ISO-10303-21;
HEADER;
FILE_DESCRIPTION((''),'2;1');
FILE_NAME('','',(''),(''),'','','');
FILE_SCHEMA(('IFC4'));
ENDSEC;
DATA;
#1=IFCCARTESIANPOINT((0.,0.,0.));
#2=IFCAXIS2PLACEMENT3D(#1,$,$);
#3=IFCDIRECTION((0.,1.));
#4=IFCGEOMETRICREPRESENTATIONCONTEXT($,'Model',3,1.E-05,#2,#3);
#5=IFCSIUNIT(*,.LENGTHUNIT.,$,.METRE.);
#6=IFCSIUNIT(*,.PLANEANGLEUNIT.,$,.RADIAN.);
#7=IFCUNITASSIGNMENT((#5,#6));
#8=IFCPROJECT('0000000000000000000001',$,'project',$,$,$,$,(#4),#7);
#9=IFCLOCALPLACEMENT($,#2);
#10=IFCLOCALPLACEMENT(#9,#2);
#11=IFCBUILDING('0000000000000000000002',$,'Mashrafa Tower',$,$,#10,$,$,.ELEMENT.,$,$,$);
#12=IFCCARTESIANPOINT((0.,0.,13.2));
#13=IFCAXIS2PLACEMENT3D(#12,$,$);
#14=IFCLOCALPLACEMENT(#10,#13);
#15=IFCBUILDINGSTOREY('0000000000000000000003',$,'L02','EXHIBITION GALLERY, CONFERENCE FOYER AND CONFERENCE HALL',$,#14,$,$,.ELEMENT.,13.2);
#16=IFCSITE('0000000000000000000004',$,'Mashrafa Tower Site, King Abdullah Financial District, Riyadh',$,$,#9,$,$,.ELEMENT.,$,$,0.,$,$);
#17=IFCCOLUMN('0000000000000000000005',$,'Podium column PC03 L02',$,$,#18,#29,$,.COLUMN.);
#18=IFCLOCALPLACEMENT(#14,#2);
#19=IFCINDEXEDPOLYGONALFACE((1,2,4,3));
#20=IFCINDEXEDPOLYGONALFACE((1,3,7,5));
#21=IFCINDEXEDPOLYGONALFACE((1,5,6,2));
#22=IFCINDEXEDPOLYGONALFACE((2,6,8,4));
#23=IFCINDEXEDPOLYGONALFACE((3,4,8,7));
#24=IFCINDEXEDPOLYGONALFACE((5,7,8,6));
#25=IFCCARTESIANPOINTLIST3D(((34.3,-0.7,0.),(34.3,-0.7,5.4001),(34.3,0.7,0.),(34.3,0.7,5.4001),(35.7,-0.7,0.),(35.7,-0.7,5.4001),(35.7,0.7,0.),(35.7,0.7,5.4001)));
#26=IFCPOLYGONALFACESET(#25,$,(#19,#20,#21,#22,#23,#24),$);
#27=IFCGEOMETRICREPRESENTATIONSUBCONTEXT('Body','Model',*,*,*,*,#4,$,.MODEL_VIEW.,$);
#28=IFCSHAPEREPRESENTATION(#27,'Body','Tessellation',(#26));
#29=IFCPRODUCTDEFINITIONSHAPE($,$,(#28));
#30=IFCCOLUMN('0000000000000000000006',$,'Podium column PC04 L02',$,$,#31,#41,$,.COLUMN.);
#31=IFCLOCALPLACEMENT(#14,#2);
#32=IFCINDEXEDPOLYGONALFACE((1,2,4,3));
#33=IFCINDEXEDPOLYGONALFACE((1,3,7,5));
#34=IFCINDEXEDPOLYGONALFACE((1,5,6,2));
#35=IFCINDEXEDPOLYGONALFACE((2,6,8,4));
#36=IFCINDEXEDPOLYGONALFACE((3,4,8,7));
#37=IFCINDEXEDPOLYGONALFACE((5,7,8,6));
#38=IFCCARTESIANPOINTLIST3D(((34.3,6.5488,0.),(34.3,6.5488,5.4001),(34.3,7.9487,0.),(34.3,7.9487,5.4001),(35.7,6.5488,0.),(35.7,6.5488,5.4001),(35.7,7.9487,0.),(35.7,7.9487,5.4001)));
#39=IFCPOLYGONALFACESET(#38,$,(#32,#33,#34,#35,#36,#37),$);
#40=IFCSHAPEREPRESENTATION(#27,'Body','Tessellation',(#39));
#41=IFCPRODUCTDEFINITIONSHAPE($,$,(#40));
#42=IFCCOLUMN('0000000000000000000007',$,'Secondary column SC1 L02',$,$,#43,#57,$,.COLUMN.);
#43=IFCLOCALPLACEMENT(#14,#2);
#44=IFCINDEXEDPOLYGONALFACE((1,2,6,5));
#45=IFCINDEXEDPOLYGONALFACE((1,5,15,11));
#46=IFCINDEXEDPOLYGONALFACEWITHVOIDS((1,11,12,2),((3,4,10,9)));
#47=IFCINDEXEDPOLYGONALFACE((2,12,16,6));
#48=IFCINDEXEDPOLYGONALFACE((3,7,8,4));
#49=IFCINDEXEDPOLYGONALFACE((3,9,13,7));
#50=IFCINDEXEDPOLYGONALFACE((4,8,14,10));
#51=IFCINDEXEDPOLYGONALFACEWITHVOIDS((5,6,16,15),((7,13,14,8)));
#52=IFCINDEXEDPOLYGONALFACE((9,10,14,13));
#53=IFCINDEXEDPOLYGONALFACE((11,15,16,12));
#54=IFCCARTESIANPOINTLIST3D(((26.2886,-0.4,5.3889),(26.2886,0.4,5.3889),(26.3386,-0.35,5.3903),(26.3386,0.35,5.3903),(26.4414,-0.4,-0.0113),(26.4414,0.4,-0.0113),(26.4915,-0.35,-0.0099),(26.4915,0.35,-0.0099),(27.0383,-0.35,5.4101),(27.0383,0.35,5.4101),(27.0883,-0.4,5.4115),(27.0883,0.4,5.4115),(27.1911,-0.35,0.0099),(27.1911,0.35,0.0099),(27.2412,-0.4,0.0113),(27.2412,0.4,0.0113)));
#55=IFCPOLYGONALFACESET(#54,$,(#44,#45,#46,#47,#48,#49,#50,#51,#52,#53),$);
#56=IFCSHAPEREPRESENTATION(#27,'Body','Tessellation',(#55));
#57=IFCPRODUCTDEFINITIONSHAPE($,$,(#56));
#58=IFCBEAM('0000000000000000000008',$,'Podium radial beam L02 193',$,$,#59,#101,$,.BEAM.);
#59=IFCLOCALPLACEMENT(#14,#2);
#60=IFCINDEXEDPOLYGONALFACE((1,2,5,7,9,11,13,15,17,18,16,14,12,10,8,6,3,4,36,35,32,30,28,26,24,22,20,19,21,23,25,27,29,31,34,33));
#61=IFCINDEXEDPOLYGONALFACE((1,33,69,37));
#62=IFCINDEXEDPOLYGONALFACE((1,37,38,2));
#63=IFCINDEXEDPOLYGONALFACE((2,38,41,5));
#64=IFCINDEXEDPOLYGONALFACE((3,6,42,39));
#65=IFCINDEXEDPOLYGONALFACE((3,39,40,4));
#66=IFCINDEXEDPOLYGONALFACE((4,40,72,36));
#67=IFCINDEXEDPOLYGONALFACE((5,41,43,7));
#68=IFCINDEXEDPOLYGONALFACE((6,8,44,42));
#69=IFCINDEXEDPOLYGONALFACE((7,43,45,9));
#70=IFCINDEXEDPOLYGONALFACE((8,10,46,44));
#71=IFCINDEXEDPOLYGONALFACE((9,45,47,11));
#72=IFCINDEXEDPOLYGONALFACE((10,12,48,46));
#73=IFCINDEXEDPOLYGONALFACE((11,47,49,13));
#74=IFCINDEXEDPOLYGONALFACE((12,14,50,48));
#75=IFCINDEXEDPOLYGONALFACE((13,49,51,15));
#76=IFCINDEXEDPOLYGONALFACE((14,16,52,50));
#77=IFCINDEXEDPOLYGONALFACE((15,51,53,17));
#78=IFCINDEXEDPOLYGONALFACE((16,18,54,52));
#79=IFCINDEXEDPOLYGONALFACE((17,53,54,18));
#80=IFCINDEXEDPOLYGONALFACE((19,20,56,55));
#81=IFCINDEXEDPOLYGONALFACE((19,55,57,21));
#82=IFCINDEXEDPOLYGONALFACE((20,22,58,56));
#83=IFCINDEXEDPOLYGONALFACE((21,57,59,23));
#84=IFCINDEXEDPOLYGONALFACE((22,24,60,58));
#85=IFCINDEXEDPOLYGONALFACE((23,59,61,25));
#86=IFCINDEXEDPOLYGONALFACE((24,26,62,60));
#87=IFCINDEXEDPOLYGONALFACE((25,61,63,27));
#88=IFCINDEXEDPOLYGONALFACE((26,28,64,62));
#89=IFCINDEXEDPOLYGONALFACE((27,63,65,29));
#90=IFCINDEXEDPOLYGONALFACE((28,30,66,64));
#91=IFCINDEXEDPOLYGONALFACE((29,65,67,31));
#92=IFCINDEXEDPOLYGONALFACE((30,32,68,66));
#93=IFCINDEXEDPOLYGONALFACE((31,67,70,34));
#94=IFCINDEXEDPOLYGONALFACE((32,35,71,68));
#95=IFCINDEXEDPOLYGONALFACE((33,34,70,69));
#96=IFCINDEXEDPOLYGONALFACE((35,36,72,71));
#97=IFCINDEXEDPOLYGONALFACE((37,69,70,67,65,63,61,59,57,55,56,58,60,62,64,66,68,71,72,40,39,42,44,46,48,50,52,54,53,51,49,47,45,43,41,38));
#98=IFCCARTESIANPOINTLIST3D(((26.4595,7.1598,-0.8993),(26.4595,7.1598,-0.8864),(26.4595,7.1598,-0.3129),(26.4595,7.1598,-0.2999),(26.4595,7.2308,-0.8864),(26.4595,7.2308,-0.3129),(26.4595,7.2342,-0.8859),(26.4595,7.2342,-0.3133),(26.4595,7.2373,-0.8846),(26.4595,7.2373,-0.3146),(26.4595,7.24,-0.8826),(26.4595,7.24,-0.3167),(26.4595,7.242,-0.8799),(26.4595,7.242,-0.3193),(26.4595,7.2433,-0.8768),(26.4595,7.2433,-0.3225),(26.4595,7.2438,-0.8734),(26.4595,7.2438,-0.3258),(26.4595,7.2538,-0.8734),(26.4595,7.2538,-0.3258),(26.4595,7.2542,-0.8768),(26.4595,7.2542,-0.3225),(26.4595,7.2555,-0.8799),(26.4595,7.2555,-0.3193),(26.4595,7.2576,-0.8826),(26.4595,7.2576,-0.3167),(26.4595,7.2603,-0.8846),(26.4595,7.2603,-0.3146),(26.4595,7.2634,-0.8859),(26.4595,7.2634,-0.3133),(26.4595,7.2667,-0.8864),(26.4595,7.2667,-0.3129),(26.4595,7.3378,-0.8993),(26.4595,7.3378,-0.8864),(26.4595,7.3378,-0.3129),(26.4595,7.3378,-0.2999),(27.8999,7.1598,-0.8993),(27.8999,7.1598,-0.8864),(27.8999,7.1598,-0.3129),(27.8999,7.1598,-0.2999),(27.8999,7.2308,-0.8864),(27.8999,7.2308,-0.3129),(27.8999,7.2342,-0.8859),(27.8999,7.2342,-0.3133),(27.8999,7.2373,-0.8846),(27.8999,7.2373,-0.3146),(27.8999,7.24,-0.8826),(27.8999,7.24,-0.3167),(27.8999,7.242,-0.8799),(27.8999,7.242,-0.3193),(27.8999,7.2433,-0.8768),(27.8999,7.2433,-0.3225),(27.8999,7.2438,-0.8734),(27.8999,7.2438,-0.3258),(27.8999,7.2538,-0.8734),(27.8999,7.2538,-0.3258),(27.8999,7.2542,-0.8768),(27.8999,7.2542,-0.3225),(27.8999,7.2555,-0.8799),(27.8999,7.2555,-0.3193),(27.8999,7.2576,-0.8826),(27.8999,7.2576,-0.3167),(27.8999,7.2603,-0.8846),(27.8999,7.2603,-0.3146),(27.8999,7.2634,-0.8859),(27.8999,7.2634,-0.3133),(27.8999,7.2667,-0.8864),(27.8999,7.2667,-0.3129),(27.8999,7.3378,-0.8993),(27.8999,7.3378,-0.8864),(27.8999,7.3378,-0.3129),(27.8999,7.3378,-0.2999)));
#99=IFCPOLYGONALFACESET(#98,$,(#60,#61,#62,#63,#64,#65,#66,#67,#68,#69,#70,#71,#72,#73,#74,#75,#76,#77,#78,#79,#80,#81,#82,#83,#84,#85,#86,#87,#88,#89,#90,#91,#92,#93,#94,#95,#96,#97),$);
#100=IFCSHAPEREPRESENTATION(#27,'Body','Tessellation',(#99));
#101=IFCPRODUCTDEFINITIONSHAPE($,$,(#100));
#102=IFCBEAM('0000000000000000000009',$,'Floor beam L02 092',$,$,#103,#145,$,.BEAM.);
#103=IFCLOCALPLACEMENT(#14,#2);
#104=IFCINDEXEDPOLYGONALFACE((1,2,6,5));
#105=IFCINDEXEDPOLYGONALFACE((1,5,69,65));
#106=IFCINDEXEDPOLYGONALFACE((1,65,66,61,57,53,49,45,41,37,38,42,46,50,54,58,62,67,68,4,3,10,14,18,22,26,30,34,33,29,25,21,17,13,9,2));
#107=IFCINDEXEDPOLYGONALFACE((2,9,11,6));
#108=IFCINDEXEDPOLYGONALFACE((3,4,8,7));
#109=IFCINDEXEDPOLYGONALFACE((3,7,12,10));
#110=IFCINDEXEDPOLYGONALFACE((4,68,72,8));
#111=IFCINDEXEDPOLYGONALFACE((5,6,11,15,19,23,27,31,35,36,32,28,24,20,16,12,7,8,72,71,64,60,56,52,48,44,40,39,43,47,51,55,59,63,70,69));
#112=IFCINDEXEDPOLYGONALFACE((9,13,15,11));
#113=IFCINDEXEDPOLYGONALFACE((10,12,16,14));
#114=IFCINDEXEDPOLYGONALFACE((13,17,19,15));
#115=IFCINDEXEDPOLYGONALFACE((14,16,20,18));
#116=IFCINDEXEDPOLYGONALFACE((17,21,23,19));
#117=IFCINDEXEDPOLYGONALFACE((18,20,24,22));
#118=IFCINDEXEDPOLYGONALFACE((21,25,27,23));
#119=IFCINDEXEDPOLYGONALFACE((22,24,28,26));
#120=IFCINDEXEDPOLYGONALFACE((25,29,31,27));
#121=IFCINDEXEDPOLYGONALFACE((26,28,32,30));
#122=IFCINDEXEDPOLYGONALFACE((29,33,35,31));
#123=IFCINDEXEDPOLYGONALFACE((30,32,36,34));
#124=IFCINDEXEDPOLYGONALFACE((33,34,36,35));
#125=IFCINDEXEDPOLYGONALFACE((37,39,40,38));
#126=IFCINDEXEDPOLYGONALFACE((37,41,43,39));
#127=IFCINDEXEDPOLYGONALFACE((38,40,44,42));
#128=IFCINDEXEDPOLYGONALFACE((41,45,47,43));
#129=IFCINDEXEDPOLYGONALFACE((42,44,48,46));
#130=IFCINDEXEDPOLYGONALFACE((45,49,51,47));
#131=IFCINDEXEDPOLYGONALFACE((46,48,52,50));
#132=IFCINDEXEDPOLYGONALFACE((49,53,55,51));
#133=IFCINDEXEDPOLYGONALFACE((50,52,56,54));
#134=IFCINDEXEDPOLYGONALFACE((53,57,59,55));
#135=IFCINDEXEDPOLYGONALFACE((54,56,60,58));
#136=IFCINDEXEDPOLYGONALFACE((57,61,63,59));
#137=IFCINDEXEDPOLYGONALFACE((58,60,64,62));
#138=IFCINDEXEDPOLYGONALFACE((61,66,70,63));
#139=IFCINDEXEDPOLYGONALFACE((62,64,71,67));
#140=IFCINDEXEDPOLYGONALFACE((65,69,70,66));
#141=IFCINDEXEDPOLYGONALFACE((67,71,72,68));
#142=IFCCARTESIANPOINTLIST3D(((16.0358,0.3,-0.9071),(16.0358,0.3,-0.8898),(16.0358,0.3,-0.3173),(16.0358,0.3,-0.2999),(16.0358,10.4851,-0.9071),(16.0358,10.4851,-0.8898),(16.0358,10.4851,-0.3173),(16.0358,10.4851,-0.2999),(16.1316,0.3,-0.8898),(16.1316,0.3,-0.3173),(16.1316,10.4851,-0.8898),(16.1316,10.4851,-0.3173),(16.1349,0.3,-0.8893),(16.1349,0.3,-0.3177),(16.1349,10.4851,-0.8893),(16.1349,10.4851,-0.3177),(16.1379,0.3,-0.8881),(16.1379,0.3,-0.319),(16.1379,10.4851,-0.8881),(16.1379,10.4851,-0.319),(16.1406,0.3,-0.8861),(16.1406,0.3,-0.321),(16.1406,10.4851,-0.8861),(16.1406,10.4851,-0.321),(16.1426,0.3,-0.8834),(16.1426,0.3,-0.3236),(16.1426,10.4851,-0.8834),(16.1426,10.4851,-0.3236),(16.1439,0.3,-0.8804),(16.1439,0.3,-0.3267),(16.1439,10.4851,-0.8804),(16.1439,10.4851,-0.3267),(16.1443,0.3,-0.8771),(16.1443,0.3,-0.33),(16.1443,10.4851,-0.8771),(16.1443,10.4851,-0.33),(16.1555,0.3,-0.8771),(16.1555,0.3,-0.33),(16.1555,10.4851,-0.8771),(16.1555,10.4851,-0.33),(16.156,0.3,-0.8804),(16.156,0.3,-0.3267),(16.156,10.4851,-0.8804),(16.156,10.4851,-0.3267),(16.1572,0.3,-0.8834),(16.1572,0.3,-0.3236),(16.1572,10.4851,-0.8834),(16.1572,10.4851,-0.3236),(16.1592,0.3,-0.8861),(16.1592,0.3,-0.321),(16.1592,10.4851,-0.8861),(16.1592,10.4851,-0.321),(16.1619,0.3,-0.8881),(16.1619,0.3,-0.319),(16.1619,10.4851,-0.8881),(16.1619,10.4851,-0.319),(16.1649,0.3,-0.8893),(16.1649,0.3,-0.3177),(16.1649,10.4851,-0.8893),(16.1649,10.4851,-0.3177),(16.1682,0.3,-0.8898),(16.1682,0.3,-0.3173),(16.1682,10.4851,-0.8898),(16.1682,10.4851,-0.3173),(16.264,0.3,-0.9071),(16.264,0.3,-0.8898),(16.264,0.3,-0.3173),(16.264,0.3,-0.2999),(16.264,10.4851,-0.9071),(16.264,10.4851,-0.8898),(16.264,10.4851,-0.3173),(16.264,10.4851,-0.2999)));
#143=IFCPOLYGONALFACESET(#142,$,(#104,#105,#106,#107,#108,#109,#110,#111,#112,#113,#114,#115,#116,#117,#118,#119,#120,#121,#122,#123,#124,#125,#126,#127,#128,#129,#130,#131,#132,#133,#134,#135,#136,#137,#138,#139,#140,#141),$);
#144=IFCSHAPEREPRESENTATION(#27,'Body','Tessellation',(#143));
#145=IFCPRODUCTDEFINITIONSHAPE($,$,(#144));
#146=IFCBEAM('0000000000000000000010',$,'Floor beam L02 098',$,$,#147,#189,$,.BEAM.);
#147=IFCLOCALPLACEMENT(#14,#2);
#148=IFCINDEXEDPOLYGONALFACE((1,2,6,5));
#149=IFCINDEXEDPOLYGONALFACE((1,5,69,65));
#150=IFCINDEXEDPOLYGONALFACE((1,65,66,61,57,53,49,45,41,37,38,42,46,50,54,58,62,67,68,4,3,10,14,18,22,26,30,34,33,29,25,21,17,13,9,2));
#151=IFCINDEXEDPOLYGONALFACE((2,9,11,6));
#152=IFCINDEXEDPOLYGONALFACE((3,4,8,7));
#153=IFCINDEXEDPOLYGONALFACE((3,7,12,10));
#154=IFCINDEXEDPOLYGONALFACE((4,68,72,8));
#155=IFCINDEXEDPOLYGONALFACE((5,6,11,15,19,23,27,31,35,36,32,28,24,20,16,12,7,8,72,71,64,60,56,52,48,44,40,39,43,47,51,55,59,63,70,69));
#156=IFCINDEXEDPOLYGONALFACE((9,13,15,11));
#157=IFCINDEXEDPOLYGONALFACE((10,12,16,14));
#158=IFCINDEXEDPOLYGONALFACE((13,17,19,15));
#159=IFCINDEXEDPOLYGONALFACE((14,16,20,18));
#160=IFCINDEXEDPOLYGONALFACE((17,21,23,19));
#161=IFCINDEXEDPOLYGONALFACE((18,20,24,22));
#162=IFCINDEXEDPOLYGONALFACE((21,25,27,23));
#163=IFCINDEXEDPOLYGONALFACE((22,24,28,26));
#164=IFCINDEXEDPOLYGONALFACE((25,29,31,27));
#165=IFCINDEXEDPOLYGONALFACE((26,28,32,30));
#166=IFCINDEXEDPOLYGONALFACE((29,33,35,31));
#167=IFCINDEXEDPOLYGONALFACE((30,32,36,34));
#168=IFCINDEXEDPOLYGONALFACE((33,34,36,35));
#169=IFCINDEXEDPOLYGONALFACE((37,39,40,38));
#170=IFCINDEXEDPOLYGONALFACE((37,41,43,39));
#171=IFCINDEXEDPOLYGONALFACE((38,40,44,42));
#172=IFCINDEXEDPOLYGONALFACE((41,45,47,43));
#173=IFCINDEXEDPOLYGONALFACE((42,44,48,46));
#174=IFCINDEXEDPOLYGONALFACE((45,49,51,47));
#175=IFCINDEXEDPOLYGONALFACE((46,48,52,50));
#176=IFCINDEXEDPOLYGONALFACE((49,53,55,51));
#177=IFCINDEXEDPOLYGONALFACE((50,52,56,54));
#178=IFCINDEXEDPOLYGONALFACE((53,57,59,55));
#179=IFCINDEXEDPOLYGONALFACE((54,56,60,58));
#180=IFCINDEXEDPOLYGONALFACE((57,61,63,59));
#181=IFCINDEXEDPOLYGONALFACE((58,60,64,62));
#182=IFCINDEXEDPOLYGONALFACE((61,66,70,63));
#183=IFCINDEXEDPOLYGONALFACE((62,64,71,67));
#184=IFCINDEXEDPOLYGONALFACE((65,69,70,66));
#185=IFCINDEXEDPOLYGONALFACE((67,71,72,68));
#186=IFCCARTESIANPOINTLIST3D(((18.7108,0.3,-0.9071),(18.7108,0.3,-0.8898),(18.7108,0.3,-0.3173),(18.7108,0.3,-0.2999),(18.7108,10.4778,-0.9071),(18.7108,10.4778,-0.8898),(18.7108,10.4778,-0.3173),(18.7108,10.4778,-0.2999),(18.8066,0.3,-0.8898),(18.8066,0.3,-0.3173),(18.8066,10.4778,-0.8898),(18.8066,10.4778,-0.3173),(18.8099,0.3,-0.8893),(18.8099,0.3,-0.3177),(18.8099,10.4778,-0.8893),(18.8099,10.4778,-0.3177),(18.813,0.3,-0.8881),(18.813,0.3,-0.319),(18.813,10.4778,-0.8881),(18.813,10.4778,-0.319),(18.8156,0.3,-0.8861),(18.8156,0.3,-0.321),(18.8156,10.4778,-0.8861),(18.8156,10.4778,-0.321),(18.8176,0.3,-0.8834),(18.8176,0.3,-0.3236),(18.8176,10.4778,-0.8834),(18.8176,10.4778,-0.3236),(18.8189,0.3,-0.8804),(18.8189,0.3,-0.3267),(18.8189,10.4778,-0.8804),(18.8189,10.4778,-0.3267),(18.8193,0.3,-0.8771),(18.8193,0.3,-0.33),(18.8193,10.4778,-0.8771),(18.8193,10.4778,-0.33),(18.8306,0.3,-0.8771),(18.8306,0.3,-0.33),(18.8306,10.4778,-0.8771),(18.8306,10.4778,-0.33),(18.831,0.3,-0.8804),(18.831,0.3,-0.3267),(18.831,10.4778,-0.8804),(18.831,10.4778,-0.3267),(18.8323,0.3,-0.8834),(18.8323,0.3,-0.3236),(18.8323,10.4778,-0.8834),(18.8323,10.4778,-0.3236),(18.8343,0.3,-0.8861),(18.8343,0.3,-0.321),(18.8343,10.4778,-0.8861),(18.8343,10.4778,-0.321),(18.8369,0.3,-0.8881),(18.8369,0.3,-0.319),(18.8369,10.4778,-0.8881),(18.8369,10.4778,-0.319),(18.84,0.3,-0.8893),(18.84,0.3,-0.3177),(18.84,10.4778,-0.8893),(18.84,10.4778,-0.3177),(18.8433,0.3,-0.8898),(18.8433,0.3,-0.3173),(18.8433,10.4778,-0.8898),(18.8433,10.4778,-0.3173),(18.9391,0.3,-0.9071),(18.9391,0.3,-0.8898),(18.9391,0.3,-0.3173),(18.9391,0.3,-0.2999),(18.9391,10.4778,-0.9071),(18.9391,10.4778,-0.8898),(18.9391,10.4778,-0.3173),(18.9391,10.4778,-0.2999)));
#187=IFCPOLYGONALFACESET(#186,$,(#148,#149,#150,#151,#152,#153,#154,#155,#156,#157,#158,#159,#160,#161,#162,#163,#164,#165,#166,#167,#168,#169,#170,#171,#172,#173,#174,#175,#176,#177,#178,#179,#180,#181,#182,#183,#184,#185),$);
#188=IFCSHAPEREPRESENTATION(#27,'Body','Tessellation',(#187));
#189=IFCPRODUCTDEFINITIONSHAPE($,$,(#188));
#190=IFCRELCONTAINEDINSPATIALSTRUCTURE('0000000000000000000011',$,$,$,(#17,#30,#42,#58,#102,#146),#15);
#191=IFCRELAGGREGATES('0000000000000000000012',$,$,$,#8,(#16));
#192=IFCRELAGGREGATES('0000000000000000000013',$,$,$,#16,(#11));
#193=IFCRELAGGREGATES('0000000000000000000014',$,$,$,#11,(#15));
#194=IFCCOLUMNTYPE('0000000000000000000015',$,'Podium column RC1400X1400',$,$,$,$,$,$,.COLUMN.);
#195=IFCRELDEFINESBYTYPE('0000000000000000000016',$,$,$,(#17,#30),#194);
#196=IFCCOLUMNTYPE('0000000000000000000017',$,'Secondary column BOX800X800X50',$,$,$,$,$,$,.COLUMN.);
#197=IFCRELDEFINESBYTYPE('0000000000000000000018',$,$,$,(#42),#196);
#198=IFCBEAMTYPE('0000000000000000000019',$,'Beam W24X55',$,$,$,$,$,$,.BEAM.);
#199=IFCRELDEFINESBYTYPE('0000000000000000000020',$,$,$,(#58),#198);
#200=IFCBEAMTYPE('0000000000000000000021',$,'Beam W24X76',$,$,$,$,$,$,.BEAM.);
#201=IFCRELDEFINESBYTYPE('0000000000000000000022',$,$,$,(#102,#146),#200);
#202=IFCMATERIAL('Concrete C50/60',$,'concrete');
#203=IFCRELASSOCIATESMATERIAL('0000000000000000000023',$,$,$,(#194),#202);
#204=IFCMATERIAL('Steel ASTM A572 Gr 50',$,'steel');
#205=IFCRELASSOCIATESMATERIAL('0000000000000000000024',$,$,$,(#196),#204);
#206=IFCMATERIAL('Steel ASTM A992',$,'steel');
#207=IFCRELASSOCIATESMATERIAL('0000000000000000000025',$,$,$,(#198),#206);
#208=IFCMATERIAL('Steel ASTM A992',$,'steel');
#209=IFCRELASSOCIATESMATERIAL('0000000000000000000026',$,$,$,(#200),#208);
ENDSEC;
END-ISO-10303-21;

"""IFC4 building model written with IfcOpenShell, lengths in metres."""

from ifc_helpers import new_model, si_unit, direction, frame, origin, origin_2d, place, context, subcontext, project, spatial, rectangle, hollow_rectangle, i_section, extrude, material, material_profile, profile_set, type_object, element, save


model = new_model("IFC4")

# Units and contexts
model_context = context("Model", 3, precision=1e-05, world=origin(), true_north=direction((0.0, 1.0)))
body_context = subcontext(model_context, "Body", "Model", "MODEL_VIEW")
ifc_project = project(units=[si_unit("LENGTHUNIT", "METRE"), si_unit("PLANEANGLEUNIT", "RADIAN")], contexts=[model_context])

# Site, building, storey
site_placement = place(None, origin())
site = spatial("IfcSite", under=ifc_project, at=site_placement, Name="Mashrafa Tower Site, King Abdullah Financial District, Riyadh", CompositionType="ELEMENT", RefElevation=0.0)
building_placement = place(site_placement, origin())
building = spatial("IfcBuilding", under=site, at=building_placement, Name="Mashrafa Tower", CompositionType="ELEMENT")
storey_placement = place(building_placement, frame((0.0, 0.0, 13.2)))
storey = spatial("IfcBuildingStorey", under=building, at=storey_placement, Name="L02", Description="EXHIBITION GALLERY, CONFERENCE FOYER AND CONFERENCE HALL", CompositionType="ELEMENT", Elevation=13.2)

# Columns
ifc_material_1 = material(Name="Concrete C50/60", Category="concrete")
ifc_material_profile_1 = material_profile(ifc_material_1, rectangle(XDim=1.3999, YDim=1.3999, at=origin_2d()), Name="RC1400X1400")
ifc_profile_set_1 = profile_set([ifc_material_profile_1], Name="Concrete C50/60")
column_type_1 = type_object("IfcColumnType", Name="Podium column RC1400X1400", PredefinedType="COLUMN", material=ifc_profile_set_1)
for number, where, z_axis, x_axis, name in (
    (1, (35.0, 0.0, 0.0), (0.0, 0.0, 1.0), (1.0, 0.0, 0.0), "Podium column PC03 L02"),
    (2, (35.0, 7.2488, 0.0), (0.0, 0.0, 1.0), (1.0, 0.0, 0.0), "Podium column PC04 L02"),
):
    element("IfcColumn", number, at=place(storey_placement, frame(where, z_axis=z_axis, x_axis=x_axis)), inside=storey, type_object=column_type_1, Name=name, PredefinedType="COLUMN", context=body_context, shape_type="SweptSolid", body=[
        extrude(rectangle(XDim=1.3999, YDim=1.3999, at=origin_2d()), origin(), (0.0, 0.0, 1.0), 5.4001),
    ])
ifc_material_2 = material(Name="Steel ASTM A572 Gr 50", Category="steel")
ifc_material_profile_2 = material_profile(ifc_material_2, hollow_rectangle(XDim=0.8, YDim=0.8, WallThickness=0.05, at=origin_2d()), Name="BOX800X800X50")
ifc_profile_set_2 = profile_set([ifc_material_profile_2], Name="Steel ASTM A572 Gr 50")
column_type_2 = type_object("IfcColumnType", Name="Secondary column BOX800X800X50", PredefinedType="COLUMN", material=ifc_profile_set_2)
column_placement = place(storey_placement, frame((26.8413, 0.0, 0.0), z_axis=(-0.02829, 0.0, 0.9996), x_axis=(0.0, -1.0, 0.0)))
element("IfcColumn", 3, at=column_placement, inside=storey, type_object=column_type_2, Name="Secondary column SC1 L02", PredefinedType="COLUMN", context=body_context, shape_type="SweptSolid", body=[
    extrude(hollow_rectangle(XDim=0.8, YDim=0.8, WallThickness=0.05, at=origin_2d()), origin(), (0.0, 0.0, 1.0), 5.4023),
])

# Beams
ifc_material_3 = material(Name="Steel ASTM A992", Category="steel")
ifc_material_profile_3 = material_profile(ifc_material_3, i_section(OverallWidth=0.178, OverallDepth=0.5994, WebThickness=0.01, FlangeThickness=0.0129, FilletRadius=0.0129, at=origin_2d()), Name="W24X55")
ifc_profile_set_3 = profile_set([ifc_material_profile_3], Name="Steel ASTM A992")
beam_type_1 = type_object("IfcBeamType", Name="Beam W24X55", PredefinedType="BEAM", material=ifc_profile_set_3)
beam_1_placement = place(storey_placement, frame((26.4595, 7.2488, -0.5996), z_axis=(1.0, 0.0, 0.0), x_axis=(0.0, 1.0, 0.0)))
element("IfcBeam", 4, at=beam_1_placement, inside=storey, type_object=beam_type_1, Name="Podium radial beam L02 193", PredefinedType="BEAM", context=body_context, shape_type="SweptSolid", body=[
    extrude(i_section(OverallWidth=0.178, OverallDepth=0.5994, WebThickness=0.01, FlangeThickness=0.0129, FilletRadius=0.0129, at=origin_2d()), origin(), (0.0, 0.0, 1.0), 1.4404),
])
ifc_material_4 = material(Name="Steel ASTM A992", Category="steel")
ifc_material_profile_4 = material_profile(ifc_material_4, i_section(OverallWidth=0.2283, OverallDepth=0.6072, WebThickness=0.0112, FlangeThickness=0.0173, FilletRadius=0.0127, at=origin_2d()), Name="W24X76")
ifc_profile_set_4 = profile_set([ifc_material_profile_4], Name="Steel ASTM A992")
beam_type_2 = type_object("IfcBeamType", Name="Beam W24X76", PredefinedType="BEAM", material=ifc_profile_set_4)
beam_2_placement = place(storey_placement, frame((16.1499, 10.4851, -0.6035), z_axis=(0.0, -1.0, 0.0), x_axis=(1.0, 0.0, 0.0)))
element("IfcBeam", 5, at=beam_2_placement, inside=storey, type_object=beam_type_2, Name="Floor beam L02 092", PredefinedType="BEAM", context=body_context, shape_type="SweptSolid", body=[
    extrude(i_section(OverallWidth=0.2283, OverallDepth=0.6072, WebThickness=0.0112, FlangeThickness=0.0173, FilletRadius=0.0127, at=origin_2d()), origin(), (0.0, 0.0, 1.0), 10.1851),
])
beam_3_placement = place(storey_placement, frame((18.825, 10.4778, -0.6035), z_axis=(0.0, -1.0, 0.0), x_axis=(1.0, 0.0, 0.0)))
element("IfcBeam", 6, at=beam_3_placement, inside=storey, type_object=beam_type_2, Name="Floor beam L02 098", PredefinedType="BEAM", context=body_context, shape_type="SweptSolid", body=[
    extrude(i_section(OverallWidth=0.2283, OverallDepth=0.6072, WebThickness=0.0112, FlangeThickness=0.0173, FilletRadius=0.0127, at=origin_2d()), origin(), (0.0, 0.0, 1.0), 10.1777),
])

save(model, "model.ifc")
